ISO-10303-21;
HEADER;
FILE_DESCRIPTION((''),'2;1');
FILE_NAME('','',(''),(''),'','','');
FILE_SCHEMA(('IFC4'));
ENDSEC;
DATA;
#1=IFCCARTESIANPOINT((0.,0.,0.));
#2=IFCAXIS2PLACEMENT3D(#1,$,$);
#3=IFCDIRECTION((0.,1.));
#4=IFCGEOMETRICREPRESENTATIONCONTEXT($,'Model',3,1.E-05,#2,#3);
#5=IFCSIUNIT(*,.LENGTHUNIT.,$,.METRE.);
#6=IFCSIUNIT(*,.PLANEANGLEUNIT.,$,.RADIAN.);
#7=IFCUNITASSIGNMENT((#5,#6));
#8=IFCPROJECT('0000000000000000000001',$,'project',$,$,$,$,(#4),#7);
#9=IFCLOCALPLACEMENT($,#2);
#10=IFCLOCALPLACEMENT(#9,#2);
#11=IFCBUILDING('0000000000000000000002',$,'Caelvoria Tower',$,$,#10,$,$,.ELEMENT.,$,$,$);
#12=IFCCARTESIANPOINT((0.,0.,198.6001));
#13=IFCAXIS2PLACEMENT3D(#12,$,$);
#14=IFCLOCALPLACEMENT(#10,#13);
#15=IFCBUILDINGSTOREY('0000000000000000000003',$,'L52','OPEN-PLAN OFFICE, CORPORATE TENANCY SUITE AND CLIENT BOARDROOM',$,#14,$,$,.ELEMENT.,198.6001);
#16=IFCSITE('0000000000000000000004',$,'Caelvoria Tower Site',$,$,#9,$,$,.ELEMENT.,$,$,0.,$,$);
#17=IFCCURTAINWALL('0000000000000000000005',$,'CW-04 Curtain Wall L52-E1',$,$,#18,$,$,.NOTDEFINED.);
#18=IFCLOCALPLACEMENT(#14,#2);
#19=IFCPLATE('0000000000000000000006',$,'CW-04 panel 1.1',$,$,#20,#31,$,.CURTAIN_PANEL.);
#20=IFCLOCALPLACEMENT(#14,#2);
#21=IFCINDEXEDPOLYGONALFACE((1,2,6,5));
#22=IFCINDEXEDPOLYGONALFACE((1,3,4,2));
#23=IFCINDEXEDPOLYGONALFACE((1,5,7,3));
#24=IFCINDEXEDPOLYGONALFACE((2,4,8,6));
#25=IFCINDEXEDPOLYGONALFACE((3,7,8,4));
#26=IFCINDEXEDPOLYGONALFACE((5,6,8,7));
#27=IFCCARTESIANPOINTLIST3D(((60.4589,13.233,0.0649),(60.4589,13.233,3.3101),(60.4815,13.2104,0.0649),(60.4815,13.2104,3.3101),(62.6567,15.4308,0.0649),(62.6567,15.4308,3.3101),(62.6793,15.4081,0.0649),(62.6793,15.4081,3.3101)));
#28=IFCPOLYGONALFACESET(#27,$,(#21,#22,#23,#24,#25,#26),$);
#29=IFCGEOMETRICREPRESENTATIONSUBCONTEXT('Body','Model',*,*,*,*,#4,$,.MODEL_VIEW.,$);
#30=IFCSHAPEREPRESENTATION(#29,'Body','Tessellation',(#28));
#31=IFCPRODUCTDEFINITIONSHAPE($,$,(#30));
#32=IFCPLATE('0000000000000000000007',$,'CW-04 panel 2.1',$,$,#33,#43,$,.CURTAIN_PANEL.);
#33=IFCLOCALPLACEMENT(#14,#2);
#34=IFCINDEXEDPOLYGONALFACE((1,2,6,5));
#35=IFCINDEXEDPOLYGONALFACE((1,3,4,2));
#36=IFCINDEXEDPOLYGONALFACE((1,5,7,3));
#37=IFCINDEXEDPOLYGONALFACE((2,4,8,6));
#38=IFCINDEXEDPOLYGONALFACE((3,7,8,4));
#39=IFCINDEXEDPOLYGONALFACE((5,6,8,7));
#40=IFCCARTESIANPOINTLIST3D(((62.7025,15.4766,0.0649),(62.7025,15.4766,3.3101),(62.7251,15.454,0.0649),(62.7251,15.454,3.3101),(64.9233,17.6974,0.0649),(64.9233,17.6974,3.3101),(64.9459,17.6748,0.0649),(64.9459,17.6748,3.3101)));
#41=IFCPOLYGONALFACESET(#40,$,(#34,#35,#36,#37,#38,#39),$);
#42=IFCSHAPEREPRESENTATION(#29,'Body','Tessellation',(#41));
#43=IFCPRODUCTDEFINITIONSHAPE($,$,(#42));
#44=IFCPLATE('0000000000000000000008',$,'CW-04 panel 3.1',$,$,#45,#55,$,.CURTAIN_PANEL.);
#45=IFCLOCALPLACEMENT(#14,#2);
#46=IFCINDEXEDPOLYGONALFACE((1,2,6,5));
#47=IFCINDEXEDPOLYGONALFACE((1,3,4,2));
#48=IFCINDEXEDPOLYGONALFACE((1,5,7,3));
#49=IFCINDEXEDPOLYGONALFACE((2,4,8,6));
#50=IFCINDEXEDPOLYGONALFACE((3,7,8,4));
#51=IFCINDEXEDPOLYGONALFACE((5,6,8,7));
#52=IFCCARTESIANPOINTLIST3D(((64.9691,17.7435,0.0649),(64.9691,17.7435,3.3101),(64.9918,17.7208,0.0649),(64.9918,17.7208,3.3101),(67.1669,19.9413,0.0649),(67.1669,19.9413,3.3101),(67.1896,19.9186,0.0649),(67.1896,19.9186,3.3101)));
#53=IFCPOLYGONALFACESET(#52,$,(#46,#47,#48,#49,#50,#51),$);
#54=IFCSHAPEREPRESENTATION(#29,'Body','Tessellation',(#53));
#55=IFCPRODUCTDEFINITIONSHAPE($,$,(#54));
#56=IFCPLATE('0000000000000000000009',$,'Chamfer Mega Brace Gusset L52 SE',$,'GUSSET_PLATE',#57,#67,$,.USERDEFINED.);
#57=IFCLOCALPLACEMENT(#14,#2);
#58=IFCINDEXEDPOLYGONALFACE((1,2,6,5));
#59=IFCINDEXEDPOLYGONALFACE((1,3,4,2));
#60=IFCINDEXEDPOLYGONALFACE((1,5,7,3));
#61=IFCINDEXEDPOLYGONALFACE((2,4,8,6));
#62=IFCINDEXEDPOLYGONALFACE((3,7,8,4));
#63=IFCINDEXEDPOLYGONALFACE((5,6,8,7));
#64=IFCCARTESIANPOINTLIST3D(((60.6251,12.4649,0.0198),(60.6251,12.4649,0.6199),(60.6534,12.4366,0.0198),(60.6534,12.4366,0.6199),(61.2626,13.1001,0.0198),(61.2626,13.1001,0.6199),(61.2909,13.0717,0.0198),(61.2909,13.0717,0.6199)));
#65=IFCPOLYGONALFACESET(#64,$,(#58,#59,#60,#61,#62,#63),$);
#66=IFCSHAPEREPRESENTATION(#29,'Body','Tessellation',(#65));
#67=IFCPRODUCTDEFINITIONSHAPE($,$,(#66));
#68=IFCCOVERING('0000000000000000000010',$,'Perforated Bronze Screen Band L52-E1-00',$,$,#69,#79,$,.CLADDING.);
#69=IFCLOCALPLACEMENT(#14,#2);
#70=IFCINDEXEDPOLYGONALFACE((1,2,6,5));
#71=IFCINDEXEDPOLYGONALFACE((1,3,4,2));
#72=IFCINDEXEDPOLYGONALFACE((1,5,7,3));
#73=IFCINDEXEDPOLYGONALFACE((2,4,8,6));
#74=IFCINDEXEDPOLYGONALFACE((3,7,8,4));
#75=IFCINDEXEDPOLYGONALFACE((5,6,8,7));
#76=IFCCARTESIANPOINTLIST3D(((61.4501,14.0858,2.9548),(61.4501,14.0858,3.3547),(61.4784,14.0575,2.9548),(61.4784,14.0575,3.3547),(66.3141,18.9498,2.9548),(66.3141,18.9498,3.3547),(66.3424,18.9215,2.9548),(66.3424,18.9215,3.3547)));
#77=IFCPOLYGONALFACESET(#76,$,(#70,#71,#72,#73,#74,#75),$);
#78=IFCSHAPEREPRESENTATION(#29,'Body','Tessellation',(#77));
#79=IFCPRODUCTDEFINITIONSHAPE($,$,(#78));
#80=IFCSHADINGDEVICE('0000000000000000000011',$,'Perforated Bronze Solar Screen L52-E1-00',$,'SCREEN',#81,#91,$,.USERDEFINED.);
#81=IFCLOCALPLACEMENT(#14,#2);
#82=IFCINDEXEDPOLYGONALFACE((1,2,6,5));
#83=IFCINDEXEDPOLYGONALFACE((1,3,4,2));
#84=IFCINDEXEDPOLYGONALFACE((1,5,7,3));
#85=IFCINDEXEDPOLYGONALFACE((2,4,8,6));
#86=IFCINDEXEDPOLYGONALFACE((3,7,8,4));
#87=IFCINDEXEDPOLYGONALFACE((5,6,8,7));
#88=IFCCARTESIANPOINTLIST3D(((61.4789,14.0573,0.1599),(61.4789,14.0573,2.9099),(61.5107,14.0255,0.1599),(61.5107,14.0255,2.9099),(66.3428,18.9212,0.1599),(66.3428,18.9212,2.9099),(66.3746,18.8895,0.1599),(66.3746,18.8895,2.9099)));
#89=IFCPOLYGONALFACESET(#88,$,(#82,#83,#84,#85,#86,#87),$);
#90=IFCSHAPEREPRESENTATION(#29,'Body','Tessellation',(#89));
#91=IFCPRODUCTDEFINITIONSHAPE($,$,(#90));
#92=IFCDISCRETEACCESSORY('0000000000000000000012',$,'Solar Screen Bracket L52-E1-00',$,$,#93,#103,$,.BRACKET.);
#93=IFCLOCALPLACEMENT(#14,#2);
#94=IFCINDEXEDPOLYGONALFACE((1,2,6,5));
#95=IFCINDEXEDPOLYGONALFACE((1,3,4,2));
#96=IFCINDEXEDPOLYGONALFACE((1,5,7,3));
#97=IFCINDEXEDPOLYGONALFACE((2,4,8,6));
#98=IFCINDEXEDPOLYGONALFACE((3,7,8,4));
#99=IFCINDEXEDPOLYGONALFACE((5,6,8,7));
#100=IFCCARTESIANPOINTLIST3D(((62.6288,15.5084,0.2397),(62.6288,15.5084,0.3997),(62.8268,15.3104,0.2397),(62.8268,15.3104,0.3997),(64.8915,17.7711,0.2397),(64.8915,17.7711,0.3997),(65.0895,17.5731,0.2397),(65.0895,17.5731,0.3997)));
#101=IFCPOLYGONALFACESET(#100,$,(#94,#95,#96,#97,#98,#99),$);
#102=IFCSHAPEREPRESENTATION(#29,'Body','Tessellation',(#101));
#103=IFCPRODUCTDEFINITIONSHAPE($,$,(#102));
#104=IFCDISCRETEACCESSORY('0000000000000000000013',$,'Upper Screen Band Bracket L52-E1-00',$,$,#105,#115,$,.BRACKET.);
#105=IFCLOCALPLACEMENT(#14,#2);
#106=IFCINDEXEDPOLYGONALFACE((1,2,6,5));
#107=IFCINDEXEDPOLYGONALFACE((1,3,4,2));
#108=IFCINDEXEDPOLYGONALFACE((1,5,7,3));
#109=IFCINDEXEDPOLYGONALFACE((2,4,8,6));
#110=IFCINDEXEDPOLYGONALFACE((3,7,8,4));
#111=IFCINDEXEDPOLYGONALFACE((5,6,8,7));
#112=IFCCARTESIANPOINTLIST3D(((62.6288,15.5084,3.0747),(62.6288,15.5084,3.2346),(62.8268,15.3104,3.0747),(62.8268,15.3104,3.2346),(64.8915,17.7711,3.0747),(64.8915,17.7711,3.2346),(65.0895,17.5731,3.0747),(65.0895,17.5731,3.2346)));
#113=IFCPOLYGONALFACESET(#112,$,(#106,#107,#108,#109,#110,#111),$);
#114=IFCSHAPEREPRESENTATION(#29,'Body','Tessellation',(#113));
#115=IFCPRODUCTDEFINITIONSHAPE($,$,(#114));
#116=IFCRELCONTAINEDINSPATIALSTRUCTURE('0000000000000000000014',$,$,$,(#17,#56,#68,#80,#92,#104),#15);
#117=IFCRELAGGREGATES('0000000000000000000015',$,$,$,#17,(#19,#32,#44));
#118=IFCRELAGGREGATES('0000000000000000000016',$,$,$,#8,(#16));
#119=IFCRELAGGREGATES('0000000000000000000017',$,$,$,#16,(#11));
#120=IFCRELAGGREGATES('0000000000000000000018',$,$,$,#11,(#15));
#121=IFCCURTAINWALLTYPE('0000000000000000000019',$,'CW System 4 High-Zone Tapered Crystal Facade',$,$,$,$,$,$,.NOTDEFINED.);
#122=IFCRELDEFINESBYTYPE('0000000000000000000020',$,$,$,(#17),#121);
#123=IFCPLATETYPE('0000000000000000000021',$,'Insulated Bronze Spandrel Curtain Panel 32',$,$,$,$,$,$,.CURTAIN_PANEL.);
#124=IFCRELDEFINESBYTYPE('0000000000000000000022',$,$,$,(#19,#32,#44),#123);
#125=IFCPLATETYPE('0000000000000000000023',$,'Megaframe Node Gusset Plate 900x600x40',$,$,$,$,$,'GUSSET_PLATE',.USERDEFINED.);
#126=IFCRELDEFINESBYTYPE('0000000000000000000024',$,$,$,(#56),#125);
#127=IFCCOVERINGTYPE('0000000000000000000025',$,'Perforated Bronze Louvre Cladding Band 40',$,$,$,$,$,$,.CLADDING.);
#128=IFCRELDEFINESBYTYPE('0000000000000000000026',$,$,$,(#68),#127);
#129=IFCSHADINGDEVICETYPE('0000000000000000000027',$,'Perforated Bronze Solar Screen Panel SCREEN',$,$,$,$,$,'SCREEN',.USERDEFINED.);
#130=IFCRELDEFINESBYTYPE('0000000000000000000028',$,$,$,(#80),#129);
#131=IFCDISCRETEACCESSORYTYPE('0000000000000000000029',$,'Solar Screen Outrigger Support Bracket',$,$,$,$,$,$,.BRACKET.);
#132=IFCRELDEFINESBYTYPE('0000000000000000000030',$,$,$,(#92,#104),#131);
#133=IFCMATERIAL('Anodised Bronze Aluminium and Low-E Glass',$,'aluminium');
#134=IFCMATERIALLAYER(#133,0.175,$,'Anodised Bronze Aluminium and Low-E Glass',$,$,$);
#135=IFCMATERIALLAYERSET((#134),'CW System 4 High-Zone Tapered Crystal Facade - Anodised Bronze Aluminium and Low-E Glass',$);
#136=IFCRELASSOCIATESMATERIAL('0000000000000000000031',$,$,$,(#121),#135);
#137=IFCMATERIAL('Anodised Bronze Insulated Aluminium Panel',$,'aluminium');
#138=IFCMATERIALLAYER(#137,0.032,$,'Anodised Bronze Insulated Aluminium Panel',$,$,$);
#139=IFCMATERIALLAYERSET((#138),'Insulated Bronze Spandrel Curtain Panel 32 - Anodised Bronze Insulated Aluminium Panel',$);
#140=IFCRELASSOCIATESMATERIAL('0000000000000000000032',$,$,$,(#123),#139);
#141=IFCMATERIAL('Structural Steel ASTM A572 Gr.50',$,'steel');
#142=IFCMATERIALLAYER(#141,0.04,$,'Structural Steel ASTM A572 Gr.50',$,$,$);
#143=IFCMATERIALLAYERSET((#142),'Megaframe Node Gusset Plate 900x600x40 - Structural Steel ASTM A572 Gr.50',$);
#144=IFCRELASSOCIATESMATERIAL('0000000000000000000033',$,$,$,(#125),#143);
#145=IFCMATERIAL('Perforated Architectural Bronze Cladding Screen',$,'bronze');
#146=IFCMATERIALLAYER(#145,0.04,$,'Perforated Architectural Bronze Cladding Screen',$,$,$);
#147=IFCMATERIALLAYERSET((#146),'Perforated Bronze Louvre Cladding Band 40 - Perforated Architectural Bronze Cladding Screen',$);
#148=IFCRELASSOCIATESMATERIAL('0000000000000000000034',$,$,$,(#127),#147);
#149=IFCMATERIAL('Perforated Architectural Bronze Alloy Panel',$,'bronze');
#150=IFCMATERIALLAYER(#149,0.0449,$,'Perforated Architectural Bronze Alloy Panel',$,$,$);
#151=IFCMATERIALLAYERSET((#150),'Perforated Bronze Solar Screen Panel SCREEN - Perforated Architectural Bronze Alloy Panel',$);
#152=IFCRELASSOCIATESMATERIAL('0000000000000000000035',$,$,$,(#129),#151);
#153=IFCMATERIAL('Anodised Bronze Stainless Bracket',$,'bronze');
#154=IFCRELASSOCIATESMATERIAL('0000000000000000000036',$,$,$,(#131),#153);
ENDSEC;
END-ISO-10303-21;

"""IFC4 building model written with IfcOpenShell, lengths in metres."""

from ifc_helpers import new_model, si_unit, direction, frame, origin, origin_2d, place, context, subcontext, project, spatial, rectangle, extrude, material, layer, layer_set, type_object, element, aggregate, save


model = new_model("IFC4")

# Units and contexts
model_context = context("Model", 3, precision=1e-05, world=origin(), true_north=direction((0.0, 1.0)))
body_context = subcontext(model_context, "Body", "Model", "MODEL_VIEW")
ifc_project = project(units=[si_unit("LENGTHUNIT", "METRE"), si_unit("PLANEANGLEUNIT", "RADIAN")], contexts=[model_context])

# Site, building, storey
site_placement = place(None, origin())
site = spatial("IfcSite", under=ifc_project, at=site_placement, Name="Caelvoria Tower Site", CompositionType="ELEMENT", RefElevation=0.0)
building_placement = place(site_placement, origin())
building = spatial("IfcBuilding", under=site, at=building_placement, Name="Caelvoria Tower", CompositionType="ELEMENT")
storey_placement = place(building_placement, frame((0.0, 0.0, 198.6001)))
storey = spatial("IfcBuildingStorey", under=building, at=storey_placement, Name="L52", Description="OPEN-PLAN OFFICE, CORPORATE TENANCY SUITE AND CLIENT BOARDROOM", CompositionType="ELEMENT", Elevation=198.6001)

# Shared definitions
ifc_material_1 = material(Name="Structural Steel ASTM A572 Gr.50", Category="steel")

# Shared definitions
ifc_material_2 = material(Name="Anodised Bronze Aluminium and Low-E Glass", Category="aluminium")
ifc_layer_1 = layer(ifc_material_2, 0.175, Name="Anodised Bronze Aluminium and Low-E Glass")
ifc_layer_set_1 = layer_set([ifc_layer_1], Name="CW System 4 High-Zone Tapered Crystal Facade - Anodised Bronze Aluminium and Low-E Glass")
curtain_wall_type = type_object("IfcCurtainWallType", Name="CW System 4 High-Zone Tapered Crystal Facade", PredefinedType="NOTDEFINED", material=ifc_layer_set_1)

# Curtain wall
curtain_wall_1_placement = place(storey_placement, origin())
curtain_wall_1 = element("IfcCurtainWall", 1, at=curtain_wall_1_placement, inside=storey, type_object=curtain_wall_type, Name="CW-04 Curtain Wall L52-E1", PredefinedType="NOTDEFINED")

# Plates
ifc_material_3 = material(Name="Anodised Bronze Insulated Aluminium Panel", Category="aluminium")
ifc_layer_2 = layer(ifc_material_3, 0.032, Name="Anodised Bronze Insulated Aluminium Panel")
ifc_layer_set_2 = layer_set([ifc_layer_2], Name="Insulated Bronze Spandrel Curtain Panel 32 - Anodised Bronze Insulated Aluminium Panel")
plate_type_1 = type_object("IfcPlateType", Name="Insulated Bronze Spandrel Curtain Panel 32", PredefinedType="CURTAIN_PANEL", material=ifc_layer_set_2)
plate_1_placement = place(storey_placement, frame((61.5691, 14.3206, 0.0649), z_axis=(0.0, 0.0, 1.0), x_axis=(0.707107, 0.707107, 0.0)))
plate_1 = element("IfcPlate", 2, at=plate_1_placement, type_object=plate_type_1, Name="CW-04 panel 1.1", PredefinedType="CURTAIN_PANEL", context=body_context, shape_type="SweptSolid", body=[
    extrude(rectangle(XDim=3.1082, YDim=0.032, at=origin_2d()), origin(), (0.0, 0.0, 1.0), 3.2451),
])
plate_2_placement = place(storey_placement, frame((63.8242, 16.5757, 0.0649), z_axis=(0.0, 0.0, 1.0), x_axis=(0.707107, 0.707107, 0.0)))
plate_2 = element("IfcPlate", 3, at=plate_2_placement, type_object=plate_type_1, Name="CW-04 panel 2.1", PredefinedType="CURTAIN_PANEL", context=body_context, shape_type="SweptSolid", body=[
    extrude(rectangle(XDim=3.1406, YDim=0.032, at=origin_2d()), origin(), (0.0, 0.0, 1.0), 3.2451),
])
plate_3_placement = place(storey_placement, frame((66.0793, 18.8311, 0.0649), z_axis=(0.0, 0.0, 1.0), x_axis=(0.707107, 0.707107, 0.0)))
plate_3 = element("IfcPlate", 4, at=plate_3_placement, type_object=plate_type_1, Name="CW-04 panel 3.1", PredefinedType="CURTAIN_PANEL", context=body_context, shape_type="SweptSolid", body=[
    extrude(rectangle(XDim=3.1082, YDim=0.032, at=origin_2d()), origin(), (0.0, 0.0, 1.0), 3.2451),
])
aggregate(curtain_wall_1, [plate_1, plate_2, plate_3])
ifc_layer_3 = layer(ifc_material_1, 0.04, Name="Structural Steel ASTM A572 Gr.50")
ifc_layer_set_3 = layer_set([ifc_layer_3], Name="Megaframe Node Gusset Plate 900x600x40 - Structural Steel ASTM A572 Gr.50")
plate_type_2 = type_object("IfcPlateType", Name="Megaframe Node Gusset Plate 900x600x40", ElementType="GUSSET_PLATE", PredefinedType="USERDEFINED", material=ifc_layer_set_3)
plate_4_placement = place(storey_placement, frame((60.958, 12.7683, 0.0198), z_axis=(0.0, 0.0, 1.0), x_axis=(0.708453, 0.705758, 0.0)))
element("IfcPlate", 5, at=plate_4_placement, inside=storey, type_object=plate_type_2, Name="Chamfer Mega Brace Gusset L52 SE", ObjectType="GUSSET_PLATE", PredefinedType="USERDEFINED", context=body_context, shape_type="SweptSolid", body=[
    extrude(rectangle(XDim=0.8999, YDim=0.04, at=origin_2d()), origin(), (0.0, 0.0, 1.0), 0.6001),
])

# Covering
ifc_material_4 = material(Name="Perforated Architectural Bronze Cladding Screen", Category="bronze")
ifc_layer_4 = layer(ifc_material_4, 0.04, Name="Perforated Architectural Bronze Cladding Screen")
ifc_layer_set_4 = layer_set([ifc_layer_4], Name="Perforated Bronze Louvre Cladding Band 40 - Perforated Architectural Bronze Cladding Screen")
covering_type = type_object("IfcCoveringType", Name="Perforated Bronze Louvre Cladding Band 40", PredefinedType="CLADDING", material=ifc_layer_set_4)
covering_placement = place(storey_placement, frame((63.8962, 16.5037, 2.9548), z_axis=(0.0, 0.0, 1.0), x_axis=(0.707107, 0.707107, 0.0)))
element("IfcCovering", 6, at=covering_placement, inside=storey, type_object=covering_type, Name="Perforated Bronze Screen Band L52-E1-00", PredefinedType="CLADDING", context=body_context, shape_type="SweptSolid", body=[
    extrude(rectangle(XDim=6.8787, YDim=0.04, at=origin_2d()), origin(), (0.0, 0.0, 1.0), 0.3999),
])

# Shading device
ifc_material_5 = material(Name="Perforated Architectural Bronze Alloy Panel", Category="bronze")
ifc_layer_5 = layer(ifc_material_5, 0.0449, Name="Perforated Architectural Bronze Alloy Panel")
ifc_layer_set_5 = layer_set([ifc_layer_5], Name="Perforated Bronze Solar Screen Panel SCREEN - Perforated Architectural Bronze Alloy Panel")
shading_device_type = type_object("IfcShadingDeviceType", Name="Perforated Bronze Solar Screen Panel SCREEN", ElementType="SCREEN", PredefinedType="USERDEFINED", material=ifc_layer_set_5)
shading_device_placement = place(storey_placement, frame((63.9268, 16.4734, 0.1599), z_axis=(0.0, 0.0, 1.0), x_axis=(0.707107, 0.707107, 0.0)))
element("IfcShadingDevice", 7, at=shading_device_placement, inside=storey, type_object=shading_device_type, Name="Perforated Bronze Solar Screen L52-E1-00", ObjectType="SCREEN", PredefinedType="USERDEFINED", context=body_context, shape_type="SweptSolid", body=[
    extrude(rectangle(XDim=6.8787, YDim=0.0449, at=origin_2d()), origin(), (0.0, 0.0, 1.0), 2.75),
])

# Discrete accessories
ifc_material_6 = material(Name="Anodised Bronze Stainless Bracket", Category="bronze")
discrete_accessory_type = type_object("IfcDiscreteAccessoryType", Name="Solar Screen Outrigger Support Bracket", PredefinedType="BRACKET", material=ifc_material_6)
for number, where, z_axis, x_axis, name in (
    (8, (63.8591, 16.5408, 0.2397), (0.0, 0.0, 1.0), (0.707107, 0.707107, 0.0), "Solar Screen Bracket L52-E1-00"),
    (9, (63.8591, 16.5408, 3.0747), (0.0, 0.0, 1.0), (0.707107, 0.707107, 0.0), "Upper Screen Band Bracket L52-E1-00"),
):
    element("IfcDiscreteAccessory", number, at=place(storey_placement, frame(where, z_axis=z_axis, x_axis=x_axis)), inside=storey, type_object=discrete_accessory_type, Name=name, PredefinedType="BRACKET", context=body_context, shape_type="SweptSolid", body=[
        extrude(rectangle(XDim=3.2, YDim=0.28, at=origin_2d()), origin(), (0.0, 0.0, 1.0), 0.1599),
    ])

save(model, "model.ifc")
